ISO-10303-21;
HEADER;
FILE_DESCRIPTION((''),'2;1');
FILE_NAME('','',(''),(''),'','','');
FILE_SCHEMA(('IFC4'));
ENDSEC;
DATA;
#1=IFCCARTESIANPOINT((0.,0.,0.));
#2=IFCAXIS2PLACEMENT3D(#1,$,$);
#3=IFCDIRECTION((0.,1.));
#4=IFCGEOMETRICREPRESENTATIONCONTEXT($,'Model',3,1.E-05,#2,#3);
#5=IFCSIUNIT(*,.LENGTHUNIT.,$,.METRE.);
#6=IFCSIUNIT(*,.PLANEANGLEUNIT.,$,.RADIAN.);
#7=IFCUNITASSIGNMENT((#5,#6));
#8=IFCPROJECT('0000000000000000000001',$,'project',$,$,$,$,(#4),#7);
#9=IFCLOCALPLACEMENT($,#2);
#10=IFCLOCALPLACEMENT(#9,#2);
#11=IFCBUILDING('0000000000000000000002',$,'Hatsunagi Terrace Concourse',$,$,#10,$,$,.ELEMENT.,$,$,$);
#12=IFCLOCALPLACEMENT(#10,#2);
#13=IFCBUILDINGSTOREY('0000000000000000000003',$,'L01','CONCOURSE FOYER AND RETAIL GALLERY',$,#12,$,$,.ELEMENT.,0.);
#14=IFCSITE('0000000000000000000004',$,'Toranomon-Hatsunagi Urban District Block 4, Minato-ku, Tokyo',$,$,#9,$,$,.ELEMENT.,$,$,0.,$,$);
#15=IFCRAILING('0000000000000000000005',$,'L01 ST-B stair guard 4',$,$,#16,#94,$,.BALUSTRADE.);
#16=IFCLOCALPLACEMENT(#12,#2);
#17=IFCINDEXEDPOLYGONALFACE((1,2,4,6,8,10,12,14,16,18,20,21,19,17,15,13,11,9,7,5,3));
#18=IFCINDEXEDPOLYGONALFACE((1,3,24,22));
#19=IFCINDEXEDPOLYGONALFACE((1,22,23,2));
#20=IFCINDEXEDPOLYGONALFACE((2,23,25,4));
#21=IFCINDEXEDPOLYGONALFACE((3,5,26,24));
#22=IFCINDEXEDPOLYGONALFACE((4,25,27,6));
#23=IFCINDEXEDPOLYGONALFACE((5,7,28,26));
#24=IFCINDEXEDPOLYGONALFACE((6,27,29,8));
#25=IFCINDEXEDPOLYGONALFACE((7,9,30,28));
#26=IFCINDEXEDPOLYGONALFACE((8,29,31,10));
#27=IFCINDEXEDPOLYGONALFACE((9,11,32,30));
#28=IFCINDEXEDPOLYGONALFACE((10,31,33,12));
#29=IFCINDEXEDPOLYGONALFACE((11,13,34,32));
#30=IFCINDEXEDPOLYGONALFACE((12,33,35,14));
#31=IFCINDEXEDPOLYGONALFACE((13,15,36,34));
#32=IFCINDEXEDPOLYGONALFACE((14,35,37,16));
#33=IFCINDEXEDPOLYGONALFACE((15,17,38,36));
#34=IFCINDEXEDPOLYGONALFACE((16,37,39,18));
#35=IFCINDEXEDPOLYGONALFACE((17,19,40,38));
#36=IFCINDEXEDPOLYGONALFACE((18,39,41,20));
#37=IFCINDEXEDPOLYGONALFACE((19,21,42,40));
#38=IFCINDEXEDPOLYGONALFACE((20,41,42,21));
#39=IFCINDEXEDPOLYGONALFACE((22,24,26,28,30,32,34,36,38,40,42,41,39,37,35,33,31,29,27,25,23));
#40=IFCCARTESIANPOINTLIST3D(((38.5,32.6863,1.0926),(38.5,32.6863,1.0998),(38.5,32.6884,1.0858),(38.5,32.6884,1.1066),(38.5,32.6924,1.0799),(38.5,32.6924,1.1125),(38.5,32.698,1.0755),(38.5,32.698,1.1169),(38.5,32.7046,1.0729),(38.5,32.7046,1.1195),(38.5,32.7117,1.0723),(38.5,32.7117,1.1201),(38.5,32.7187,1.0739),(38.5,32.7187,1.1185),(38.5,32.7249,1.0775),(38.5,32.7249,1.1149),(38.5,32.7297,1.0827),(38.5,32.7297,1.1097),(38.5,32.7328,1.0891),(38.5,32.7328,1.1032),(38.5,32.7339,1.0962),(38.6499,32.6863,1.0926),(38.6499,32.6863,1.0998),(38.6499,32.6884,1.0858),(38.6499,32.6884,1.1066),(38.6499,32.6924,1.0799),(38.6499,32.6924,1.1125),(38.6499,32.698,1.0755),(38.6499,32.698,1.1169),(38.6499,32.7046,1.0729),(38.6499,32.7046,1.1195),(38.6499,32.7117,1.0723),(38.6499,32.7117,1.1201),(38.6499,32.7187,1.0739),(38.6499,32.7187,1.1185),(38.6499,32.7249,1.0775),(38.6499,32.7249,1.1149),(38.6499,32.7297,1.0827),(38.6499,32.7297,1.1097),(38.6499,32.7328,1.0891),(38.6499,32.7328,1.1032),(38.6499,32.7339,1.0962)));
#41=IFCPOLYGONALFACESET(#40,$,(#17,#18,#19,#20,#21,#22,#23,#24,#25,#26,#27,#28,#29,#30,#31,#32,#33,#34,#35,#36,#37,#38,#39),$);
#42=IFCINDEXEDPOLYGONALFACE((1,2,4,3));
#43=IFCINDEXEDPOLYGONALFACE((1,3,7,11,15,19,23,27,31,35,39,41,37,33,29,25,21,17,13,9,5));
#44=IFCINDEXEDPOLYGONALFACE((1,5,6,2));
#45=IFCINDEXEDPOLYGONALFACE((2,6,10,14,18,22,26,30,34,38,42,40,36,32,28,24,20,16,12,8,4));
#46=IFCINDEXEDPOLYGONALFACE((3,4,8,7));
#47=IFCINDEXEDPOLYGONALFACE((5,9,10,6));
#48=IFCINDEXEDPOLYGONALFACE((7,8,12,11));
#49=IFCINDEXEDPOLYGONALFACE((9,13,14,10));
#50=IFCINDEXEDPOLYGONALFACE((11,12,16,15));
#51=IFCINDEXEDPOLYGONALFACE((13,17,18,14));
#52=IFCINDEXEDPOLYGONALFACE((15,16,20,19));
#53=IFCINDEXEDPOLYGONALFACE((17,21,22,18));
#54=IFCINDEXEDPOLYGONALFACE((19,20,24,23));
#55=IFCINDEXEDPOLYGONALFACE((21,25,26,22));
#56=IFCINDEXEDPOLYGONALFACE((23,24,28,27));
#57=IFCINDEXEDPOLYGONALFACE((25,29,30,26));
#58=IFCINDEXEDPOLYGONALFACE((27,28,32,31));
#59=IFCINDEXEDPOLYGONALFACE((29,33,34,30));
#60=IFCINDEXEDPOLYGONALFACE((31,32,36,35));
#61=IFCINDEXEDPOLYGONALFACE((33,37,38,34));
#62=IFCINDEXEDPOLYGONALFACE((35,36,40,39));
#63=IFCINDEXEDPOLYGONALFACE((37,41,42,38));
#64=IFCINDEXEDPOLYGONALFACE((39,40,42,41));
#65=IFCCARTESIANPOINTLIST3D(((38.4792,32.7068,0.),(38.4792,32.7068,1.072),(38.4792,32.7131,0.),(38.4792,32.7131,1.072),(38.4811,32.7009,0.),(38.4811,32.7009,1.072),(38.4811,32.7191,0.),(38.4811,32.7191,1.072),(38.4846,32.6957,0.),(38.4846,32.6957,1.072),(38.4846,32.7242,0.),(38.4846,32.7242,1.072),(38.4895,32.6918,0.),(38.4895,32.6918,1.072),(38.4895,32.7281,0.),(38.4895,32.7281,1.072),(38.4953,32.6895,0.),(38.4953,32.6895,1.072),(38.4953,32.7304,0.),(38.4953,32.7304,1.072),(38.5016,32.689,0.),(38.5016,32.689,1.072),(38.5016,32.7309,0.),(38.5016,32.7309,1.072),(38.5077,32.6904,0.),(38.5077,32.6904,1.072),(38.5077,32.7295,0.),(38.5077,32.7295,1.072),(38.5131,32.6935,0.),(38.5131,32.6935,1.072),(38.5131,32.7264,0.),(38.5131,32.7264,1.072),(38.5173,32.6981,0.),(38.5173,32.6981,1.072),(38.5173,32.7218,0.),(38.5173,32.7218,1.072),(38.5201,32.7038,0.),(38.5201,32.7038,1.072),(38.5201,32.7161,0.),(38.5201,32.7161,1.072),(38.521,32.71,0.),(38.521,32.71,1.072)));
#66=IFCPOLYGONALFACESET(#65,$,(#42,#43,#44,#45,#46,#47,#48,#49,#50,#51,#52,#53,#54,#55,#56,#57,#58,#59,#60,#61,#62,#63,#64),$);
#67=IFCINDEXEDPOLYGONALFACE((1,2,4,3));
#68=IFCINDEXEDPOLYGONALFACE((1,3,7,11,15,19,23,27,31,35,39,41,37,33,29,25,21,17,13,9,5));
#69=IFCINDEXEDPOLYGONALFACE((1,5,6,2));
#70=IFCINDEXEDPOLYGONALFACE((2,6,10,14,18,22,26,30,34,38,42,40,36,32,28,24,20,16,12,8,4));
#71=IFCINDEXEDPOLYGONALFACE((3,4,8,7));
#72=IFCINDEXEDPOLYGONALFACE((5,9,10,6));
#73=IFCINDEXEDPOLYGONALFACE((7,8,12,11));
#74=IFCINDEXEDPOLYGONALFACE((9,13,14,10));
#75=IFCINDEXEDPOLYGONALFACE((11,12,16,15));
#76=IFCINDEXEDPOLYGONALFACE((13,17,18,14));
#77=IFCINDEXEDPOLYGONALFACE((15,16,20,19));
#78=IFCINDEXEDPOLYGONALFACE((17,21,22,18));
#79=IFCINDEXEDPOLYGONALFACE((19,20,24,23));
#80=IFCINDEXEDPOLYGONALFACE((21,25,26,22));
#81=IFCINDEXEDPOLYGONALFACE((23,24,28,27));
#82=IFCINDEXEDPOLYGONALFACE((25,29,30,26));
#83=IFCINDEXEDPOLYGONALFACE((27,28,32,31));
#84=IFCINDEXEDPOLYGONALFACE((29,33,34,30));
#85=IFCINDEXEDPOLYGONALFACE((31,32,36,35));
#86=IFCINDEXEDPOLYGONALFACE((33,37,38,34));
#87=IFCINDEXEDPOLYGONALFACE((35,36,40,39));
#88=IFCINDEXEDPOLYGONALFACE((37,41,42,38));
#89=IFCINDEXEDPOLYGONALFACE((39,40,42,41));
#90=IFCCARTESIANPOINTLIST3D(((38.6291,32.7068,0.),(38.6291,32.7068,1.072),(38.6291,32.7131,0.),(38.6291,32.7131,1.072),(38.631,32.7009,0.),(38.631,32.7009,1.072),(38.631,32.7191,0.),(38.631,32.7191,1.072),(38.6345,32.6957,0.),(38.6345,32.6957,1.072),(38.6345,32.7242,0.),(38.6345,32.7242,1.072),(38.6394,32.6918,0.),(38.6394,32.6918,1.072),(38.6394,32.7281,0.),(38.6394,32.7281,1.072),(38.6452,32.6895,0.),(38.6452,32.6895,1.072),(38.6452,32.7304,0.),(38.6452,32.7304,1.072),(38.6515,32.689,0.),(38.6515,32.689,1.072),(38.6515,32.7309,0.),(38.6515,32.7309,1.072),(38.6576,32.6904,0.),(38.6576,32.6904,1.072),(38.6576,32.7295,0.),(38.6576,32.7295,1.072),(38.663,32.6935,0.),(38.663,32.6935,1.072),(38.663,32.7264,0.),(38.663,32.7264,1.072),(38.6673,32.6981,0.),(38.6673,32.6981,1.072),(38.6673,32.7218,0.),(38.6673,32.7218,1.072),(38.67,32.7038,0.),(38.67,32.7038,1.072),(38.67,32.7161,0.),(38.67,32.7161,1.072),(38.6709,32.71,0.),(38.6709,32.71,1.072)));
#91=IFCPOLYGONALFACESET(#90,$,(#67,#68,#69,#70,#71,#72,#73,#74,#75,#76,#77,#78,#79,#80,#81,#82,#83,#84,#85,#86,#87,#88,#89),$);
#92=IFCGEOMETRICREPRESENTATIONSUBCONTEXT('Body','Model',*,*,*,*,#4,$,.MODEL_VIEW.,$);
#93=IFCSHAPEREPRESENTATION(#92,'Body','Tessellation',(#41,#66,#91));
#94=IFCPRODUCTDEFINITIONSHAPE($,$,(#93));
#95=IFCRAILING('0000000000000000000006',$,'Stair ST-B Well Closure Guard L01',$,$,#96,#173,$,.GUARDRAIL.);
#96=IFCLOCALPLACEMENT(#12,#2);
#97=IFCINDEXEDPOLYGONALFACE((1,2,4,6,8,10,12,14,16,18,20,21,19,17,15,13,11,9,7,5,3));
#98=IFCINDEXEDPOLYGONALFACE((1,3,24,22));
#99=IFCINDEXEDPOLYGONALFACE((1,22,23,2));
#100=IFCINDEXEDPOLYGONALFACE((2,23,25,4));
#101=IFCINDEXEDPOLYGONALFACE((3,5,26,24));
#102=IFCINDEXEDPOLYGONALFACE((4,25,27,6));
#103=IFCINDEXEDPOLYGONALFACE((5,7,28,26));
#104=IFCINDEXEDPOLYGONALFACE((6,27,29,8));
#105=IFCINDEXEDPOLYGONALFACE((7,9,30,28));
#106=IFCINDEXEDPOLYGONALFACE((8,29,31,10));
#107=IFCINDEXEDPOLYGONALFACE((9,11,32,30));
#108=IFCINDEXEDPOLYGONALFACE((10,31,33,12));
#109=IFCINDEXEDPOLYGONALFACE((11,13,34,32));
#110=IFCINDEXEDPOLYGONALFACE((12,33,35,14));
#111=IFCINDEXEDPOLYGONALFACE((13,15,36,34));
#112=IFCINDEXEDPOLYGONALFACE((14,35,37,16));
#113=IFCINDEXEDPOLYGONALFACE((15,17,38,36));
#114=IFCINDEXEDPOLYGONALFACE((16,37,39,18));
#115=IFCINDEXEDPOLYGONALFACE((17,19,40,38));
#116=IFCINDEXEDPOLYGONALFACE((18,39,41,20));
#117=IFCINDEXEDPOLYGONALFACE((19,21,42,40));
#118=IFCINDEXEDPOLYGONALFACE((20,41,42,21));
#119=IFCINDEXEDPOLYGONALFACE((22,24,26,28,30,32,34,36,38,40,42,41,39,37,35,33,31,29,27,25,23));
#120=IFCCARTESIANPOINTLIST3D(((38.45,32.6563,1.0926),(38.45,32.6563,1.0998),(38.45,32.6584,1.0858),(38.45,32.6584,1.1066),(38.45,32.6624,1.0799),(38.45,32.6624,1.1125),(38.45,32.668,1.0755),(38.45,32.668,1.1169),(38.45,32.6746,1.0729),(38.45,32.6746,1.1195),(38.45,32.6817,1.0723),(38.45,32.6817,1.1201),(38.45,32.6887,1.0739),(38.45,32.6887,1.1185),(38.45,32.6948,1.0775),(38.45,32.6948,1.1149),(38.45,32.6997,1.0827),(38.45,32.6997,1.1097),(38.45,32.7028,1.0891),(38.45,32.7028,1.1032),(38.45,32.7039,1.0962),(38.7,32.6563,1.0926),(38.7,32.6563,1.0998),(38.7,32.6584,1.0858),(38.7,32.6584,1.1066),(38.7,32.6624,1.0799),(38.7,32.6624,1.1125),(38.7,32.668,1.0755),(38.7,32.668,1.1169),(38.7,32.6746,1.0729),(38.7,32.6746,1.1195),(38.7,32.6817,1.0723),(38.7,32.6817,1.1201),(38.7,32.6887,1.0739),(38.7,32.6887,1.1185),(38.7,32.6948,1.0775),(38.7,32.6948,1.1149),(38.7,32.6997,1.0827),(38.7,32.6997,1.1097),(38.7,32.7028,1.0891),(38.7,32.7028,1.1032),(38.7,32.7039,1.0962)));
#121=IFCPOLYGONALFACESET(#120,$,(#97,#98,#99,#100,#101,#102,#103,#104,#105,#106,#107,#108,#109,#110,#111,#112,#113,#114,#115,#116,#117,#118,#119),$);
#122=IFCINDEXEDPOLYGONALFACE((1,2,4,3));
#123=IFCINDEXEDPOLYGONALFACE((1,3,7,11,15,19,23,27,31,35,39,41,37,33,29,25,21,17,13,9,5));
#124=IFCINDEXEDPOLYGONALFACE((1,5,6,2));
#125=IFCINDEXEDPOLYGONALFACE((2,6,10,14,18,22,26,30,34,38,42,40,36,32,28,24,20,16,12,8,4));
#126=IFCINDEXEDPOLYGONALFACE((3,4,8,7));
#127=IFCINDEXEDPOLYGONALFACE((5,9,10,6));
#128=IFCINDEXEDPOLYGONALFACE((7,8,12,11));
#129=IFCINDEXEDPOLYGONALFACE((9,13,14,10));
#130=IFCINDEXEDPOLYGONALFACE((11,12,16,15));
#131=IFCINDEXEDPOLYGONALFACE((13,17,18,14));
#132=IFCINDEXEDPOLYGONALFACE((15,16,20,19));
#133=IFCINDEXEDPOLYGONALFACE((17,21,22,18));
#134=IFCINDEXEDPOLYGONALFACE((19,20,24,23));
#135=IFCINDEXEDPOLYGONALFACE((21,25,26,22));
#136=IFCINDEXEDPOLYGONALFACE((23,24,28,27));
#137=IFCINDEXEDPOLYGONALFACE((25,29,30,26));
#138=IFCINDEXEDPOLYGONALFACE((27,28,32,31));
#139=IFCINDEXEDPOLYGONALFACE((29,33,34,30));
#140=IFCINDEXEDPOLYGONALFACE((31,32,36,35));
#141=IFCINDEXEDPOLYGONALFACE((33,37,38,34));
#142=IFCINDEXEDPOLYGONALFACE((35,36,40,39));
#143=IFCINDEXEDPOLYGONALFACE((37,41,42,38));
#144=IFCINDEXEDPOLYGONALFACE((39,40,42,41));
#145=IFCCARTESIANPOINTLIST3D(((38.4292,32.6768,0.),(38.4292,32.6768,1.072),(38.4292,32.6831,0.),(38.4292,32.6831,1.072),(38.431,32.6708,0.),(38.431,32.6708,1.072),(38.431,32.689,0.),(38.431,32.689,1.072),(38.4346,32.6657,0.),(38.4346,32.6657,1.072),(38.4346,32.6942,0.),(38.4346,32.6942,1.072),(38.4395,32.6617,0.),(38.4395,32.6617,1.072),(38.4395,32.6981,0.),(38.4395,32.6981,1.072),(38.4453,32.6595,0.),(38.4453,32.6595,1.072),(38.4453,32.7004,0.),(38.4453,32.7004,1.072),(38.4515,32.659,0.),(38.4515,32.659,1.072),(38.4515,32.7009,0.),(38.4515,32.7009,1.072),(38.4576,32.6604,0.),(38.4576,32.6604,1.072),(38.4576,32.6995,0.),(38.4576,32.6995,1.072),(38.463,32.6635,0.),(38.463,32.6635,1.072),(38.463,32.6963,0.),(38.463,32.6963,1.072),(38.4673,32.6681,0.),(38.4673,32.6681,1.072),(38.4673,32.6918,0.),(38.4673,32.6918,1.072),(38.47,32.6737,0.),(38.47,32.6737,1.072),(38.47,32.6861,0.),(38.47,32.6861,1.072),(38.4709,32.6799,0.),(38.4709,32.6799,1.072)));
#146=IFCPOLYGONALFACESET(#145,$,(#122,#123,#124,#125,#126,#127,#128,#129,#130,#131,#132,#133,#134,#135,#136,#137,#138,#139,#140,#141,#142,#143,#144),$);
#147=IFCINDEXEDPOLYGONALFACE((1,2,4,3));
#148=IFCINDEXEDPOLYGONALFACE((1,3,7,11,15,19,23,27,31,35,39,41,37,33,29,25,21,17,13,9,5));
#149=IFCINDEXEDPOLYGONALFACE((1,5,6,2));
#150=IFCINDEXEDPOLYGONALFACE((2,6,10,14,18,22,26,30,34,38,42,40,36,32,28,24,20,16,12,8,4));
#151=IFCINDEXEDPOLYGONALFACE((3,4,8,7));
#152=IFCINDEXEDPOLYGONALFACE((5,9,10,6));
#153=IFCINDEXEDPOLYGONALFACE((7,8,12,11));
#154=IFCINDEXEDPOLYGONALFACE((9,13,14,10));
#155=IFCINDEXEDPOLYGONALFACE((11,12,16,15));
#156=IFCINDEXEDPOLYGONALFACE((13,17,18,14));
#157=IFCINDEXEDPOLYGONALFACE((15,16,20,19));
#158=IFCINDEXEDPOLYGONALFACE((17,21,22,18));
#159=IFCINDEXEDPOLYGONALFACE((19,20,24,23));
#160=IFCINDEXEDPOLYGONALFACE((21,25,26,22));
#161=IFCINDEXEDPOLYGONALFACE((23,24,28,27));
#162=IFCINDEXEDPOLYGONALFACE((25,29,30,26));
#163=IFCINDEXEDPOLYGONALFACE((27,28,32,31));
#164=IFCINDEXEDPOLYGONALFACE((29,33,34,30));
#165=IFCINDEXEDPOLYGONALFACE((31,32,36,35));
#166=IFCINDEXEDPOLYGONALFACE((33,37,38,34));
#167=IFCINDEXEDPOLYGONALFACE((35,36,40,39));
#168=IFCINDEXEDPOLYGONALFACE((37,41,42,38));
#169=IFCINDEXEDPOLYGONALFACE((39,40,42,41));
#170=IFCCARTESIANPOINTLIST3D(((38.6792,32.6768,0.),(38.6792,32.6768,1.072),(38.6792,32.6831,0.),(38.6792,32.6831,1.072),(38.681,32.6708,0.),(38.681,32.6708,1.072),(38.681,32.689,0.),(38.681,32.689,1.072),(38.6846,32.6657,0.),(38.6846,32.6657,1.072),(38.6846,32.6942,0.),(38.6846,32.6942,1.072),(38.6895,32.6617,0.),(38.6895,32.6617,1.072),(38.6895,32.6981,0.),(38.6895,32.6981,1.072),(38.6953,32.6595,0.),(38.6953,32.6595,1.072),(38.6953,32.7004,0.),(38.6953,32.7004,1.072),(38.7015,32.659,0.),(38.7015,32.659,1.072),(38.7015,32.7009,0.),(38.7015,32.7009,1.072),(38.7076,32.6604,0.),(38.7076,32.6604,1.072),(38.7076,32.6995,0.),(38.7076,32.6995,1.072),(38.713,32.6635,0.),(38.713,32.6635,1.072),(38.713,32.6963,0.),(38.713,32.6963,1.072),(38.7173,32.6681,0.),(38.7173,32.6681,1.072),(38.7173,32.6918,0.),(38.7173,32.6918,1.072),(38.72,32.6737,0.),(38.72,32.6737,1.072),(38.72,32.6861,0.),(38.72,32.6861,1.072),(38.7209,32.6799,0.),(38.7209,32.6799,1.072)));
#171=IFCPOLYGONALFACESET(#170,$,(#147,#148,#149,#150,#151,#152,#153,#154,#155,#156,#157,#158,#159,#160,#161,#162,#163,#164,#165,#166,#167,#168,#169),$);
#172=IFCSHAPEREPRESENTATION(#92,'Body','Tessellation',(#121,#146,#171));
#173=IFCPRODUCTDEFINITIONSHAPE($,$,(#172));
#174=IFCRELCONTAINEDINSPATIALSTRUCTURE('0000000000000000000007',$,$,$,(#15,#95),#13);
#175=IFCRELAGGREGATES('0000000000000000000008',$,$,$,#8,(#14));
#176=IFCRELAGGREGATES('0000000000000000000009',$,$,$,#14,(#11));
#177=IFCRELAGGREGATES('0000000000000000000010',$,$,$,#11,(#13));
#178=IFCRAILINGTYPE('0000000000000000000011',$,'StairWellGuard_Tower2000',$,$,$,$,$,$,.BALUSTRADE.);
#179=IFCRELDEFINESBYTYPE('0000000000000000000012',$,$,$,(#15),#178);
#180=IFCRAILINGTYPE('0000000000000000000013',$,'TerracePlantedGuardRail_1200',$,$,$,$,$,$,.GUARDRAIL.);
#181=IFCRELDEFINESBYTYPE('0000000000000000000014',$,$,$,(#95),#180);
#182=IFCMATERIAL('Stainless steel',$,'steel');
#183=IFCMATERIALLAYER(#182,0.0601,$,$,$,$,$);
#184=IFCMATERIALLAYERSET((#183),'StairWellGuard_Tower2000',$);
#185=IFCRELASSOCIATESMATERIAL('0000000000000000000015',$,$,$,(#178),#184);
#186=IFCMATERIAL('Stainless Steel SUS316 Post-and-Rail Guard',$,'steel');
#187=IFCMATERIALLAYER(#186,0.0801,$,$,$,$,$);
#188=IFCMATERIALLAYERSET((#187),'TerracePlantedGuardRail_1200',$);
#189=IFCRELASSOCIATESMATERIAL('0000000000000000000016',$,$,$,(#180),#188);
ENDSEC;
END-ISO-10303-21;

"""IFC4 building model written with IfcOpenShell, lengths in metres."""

from ifc_helpers import new_model, si_unit, direction, frame, origin, origin_2d, place, context, subcontext, project, spatial, circle, extrude, material, layer, layer_set, type_object, element, save


model = new_model("IFC4")

# Units and contexts
model_context = context("Model", 3, precision=1e-05, world=origin(), true_north=direction((0.0, 1.0)))
body_context = subcontext(model_context, "Body", "Model", "MODEL_VIEW")
ifc_project = project(units=[si_unit("LENGTHUNIT", "METRE"), si_unit("PLANEANGLEUNIT", "RADIAN")], contexts=[model_context])

# Site, building, storey
site_placement = place(None, origin())
site = spatial("IfcSite", under=ifc_project, at=site_placement, Name="Toranomon-Hatsunagi Urban District Block 4, Minato-ku, Tokyo", CompositionType="ELEMENT", RefElevation=0.0)
building_placement = place(site_placement, origin())
building = spatial("IfcBuilding", under=site, at=building_placement, Name="Hatsunagi Terrace Concourse", CompositionType="ELEMENT")
storey_placement = place(building_placement, origin())
storey = spatial("IfcBuildingStorey", under=building, at=storey_placement, Name="L01", Description="CONCOURSE FOYER AND RETAIL GALLERY", CompositionType="ELEMENT", Elevation=0.0)

# Railings
ifc_material_1 = material(Name="Stainless steel", Category="steel")
ifc_layer_1 = layer(ifc_material_1, 0.0601)
ifc_layer_set_1 = layer_set([ifc_layer_1], Name="StairWellGuard_Tower2000")
railing_type_1 = type_object("IfcRailingType", Name="StairWellGuard_Tower2000", PredefinedType="BALUSTRADE", material=ifc_layer_set_1)
railing_1_placement = place(storey_placement, frame((38.5, 32.71, 0.0)))
element("IfcRailing", 1, at=railing_1_placement, inside=storey, type_object=railing_type_1, Name="L01 ST-B stair guard 4", PredefinedType="BALUSTRADE", context=body_context, shape_type="SweptSolid", body=[
    extrude(circle(Radius=0.0239, at=origin_2d()), frame((0.0, 0.0, 1.0962), z_axis=(1.0, 0.0, 0.0), x_axis=(0.0, 1.0, 0.0)), (0.0, 0.0, 1.0), 0.1499),
    extrude(circle(Radius=0.021, at=origin_2d()), origin(), (0.0, 0.0, 1.0), 1.072),
    extrude(circle(Radius=0.021, at=origin_2d()), frame((0.1499, 0.0, 0.0)), (0.0, 0.0, 1.0), 1.072),
])
ifc_material_2 = material(Name="Stainless Steel SUS316 Post-and-Rail Guard", Category="steel")
ifc_layer_2 = layer(ifc_material_2, 0.0801)
ifc_layer_set_2 = layer_set([ifc_layer_2], Name="TerracePlantedGuardRail_1200")
railing_type_2 = type_object("IfcRailingType", Name="TerracePlantedGuardRail_1200", PredefinedType="GUARDRAIL", material=ifc_layer_set_2)
railing_2_placement = place(storey_placement, frame((38.45, 32.6799, 0.0)))
element("IfcRailing", 2, at=railing_2_placement, inside=storey, type_object=railing_type_2, Name="Stair ST-B Well Closure Guard L01", PredefinedType="GUARDRAIL", context=body_context, shape_type="SweptSolid", body=[
    extrude(circle(Radius=0.0239, at=origin_2d()), frame((0.0, 0.0, 1.0962), z_axis=(1.0, 0.0, 0.0), x_axis=(0.0, 1.0, 0.0)), (0.0, 0.0, 1.0), 0.25),
    extrude(circle(Radius=0.021, at=origin_2d()), origin(), (0.0, 0.0, 1.0), 1.072),
    extrude(circle(Radius=0.021, at=origin_2d()), frame((0.25, 0.0, 0.0)), (0.0, 0.0, 1.0), 1.072),
])

save(model, "model.ifc")
